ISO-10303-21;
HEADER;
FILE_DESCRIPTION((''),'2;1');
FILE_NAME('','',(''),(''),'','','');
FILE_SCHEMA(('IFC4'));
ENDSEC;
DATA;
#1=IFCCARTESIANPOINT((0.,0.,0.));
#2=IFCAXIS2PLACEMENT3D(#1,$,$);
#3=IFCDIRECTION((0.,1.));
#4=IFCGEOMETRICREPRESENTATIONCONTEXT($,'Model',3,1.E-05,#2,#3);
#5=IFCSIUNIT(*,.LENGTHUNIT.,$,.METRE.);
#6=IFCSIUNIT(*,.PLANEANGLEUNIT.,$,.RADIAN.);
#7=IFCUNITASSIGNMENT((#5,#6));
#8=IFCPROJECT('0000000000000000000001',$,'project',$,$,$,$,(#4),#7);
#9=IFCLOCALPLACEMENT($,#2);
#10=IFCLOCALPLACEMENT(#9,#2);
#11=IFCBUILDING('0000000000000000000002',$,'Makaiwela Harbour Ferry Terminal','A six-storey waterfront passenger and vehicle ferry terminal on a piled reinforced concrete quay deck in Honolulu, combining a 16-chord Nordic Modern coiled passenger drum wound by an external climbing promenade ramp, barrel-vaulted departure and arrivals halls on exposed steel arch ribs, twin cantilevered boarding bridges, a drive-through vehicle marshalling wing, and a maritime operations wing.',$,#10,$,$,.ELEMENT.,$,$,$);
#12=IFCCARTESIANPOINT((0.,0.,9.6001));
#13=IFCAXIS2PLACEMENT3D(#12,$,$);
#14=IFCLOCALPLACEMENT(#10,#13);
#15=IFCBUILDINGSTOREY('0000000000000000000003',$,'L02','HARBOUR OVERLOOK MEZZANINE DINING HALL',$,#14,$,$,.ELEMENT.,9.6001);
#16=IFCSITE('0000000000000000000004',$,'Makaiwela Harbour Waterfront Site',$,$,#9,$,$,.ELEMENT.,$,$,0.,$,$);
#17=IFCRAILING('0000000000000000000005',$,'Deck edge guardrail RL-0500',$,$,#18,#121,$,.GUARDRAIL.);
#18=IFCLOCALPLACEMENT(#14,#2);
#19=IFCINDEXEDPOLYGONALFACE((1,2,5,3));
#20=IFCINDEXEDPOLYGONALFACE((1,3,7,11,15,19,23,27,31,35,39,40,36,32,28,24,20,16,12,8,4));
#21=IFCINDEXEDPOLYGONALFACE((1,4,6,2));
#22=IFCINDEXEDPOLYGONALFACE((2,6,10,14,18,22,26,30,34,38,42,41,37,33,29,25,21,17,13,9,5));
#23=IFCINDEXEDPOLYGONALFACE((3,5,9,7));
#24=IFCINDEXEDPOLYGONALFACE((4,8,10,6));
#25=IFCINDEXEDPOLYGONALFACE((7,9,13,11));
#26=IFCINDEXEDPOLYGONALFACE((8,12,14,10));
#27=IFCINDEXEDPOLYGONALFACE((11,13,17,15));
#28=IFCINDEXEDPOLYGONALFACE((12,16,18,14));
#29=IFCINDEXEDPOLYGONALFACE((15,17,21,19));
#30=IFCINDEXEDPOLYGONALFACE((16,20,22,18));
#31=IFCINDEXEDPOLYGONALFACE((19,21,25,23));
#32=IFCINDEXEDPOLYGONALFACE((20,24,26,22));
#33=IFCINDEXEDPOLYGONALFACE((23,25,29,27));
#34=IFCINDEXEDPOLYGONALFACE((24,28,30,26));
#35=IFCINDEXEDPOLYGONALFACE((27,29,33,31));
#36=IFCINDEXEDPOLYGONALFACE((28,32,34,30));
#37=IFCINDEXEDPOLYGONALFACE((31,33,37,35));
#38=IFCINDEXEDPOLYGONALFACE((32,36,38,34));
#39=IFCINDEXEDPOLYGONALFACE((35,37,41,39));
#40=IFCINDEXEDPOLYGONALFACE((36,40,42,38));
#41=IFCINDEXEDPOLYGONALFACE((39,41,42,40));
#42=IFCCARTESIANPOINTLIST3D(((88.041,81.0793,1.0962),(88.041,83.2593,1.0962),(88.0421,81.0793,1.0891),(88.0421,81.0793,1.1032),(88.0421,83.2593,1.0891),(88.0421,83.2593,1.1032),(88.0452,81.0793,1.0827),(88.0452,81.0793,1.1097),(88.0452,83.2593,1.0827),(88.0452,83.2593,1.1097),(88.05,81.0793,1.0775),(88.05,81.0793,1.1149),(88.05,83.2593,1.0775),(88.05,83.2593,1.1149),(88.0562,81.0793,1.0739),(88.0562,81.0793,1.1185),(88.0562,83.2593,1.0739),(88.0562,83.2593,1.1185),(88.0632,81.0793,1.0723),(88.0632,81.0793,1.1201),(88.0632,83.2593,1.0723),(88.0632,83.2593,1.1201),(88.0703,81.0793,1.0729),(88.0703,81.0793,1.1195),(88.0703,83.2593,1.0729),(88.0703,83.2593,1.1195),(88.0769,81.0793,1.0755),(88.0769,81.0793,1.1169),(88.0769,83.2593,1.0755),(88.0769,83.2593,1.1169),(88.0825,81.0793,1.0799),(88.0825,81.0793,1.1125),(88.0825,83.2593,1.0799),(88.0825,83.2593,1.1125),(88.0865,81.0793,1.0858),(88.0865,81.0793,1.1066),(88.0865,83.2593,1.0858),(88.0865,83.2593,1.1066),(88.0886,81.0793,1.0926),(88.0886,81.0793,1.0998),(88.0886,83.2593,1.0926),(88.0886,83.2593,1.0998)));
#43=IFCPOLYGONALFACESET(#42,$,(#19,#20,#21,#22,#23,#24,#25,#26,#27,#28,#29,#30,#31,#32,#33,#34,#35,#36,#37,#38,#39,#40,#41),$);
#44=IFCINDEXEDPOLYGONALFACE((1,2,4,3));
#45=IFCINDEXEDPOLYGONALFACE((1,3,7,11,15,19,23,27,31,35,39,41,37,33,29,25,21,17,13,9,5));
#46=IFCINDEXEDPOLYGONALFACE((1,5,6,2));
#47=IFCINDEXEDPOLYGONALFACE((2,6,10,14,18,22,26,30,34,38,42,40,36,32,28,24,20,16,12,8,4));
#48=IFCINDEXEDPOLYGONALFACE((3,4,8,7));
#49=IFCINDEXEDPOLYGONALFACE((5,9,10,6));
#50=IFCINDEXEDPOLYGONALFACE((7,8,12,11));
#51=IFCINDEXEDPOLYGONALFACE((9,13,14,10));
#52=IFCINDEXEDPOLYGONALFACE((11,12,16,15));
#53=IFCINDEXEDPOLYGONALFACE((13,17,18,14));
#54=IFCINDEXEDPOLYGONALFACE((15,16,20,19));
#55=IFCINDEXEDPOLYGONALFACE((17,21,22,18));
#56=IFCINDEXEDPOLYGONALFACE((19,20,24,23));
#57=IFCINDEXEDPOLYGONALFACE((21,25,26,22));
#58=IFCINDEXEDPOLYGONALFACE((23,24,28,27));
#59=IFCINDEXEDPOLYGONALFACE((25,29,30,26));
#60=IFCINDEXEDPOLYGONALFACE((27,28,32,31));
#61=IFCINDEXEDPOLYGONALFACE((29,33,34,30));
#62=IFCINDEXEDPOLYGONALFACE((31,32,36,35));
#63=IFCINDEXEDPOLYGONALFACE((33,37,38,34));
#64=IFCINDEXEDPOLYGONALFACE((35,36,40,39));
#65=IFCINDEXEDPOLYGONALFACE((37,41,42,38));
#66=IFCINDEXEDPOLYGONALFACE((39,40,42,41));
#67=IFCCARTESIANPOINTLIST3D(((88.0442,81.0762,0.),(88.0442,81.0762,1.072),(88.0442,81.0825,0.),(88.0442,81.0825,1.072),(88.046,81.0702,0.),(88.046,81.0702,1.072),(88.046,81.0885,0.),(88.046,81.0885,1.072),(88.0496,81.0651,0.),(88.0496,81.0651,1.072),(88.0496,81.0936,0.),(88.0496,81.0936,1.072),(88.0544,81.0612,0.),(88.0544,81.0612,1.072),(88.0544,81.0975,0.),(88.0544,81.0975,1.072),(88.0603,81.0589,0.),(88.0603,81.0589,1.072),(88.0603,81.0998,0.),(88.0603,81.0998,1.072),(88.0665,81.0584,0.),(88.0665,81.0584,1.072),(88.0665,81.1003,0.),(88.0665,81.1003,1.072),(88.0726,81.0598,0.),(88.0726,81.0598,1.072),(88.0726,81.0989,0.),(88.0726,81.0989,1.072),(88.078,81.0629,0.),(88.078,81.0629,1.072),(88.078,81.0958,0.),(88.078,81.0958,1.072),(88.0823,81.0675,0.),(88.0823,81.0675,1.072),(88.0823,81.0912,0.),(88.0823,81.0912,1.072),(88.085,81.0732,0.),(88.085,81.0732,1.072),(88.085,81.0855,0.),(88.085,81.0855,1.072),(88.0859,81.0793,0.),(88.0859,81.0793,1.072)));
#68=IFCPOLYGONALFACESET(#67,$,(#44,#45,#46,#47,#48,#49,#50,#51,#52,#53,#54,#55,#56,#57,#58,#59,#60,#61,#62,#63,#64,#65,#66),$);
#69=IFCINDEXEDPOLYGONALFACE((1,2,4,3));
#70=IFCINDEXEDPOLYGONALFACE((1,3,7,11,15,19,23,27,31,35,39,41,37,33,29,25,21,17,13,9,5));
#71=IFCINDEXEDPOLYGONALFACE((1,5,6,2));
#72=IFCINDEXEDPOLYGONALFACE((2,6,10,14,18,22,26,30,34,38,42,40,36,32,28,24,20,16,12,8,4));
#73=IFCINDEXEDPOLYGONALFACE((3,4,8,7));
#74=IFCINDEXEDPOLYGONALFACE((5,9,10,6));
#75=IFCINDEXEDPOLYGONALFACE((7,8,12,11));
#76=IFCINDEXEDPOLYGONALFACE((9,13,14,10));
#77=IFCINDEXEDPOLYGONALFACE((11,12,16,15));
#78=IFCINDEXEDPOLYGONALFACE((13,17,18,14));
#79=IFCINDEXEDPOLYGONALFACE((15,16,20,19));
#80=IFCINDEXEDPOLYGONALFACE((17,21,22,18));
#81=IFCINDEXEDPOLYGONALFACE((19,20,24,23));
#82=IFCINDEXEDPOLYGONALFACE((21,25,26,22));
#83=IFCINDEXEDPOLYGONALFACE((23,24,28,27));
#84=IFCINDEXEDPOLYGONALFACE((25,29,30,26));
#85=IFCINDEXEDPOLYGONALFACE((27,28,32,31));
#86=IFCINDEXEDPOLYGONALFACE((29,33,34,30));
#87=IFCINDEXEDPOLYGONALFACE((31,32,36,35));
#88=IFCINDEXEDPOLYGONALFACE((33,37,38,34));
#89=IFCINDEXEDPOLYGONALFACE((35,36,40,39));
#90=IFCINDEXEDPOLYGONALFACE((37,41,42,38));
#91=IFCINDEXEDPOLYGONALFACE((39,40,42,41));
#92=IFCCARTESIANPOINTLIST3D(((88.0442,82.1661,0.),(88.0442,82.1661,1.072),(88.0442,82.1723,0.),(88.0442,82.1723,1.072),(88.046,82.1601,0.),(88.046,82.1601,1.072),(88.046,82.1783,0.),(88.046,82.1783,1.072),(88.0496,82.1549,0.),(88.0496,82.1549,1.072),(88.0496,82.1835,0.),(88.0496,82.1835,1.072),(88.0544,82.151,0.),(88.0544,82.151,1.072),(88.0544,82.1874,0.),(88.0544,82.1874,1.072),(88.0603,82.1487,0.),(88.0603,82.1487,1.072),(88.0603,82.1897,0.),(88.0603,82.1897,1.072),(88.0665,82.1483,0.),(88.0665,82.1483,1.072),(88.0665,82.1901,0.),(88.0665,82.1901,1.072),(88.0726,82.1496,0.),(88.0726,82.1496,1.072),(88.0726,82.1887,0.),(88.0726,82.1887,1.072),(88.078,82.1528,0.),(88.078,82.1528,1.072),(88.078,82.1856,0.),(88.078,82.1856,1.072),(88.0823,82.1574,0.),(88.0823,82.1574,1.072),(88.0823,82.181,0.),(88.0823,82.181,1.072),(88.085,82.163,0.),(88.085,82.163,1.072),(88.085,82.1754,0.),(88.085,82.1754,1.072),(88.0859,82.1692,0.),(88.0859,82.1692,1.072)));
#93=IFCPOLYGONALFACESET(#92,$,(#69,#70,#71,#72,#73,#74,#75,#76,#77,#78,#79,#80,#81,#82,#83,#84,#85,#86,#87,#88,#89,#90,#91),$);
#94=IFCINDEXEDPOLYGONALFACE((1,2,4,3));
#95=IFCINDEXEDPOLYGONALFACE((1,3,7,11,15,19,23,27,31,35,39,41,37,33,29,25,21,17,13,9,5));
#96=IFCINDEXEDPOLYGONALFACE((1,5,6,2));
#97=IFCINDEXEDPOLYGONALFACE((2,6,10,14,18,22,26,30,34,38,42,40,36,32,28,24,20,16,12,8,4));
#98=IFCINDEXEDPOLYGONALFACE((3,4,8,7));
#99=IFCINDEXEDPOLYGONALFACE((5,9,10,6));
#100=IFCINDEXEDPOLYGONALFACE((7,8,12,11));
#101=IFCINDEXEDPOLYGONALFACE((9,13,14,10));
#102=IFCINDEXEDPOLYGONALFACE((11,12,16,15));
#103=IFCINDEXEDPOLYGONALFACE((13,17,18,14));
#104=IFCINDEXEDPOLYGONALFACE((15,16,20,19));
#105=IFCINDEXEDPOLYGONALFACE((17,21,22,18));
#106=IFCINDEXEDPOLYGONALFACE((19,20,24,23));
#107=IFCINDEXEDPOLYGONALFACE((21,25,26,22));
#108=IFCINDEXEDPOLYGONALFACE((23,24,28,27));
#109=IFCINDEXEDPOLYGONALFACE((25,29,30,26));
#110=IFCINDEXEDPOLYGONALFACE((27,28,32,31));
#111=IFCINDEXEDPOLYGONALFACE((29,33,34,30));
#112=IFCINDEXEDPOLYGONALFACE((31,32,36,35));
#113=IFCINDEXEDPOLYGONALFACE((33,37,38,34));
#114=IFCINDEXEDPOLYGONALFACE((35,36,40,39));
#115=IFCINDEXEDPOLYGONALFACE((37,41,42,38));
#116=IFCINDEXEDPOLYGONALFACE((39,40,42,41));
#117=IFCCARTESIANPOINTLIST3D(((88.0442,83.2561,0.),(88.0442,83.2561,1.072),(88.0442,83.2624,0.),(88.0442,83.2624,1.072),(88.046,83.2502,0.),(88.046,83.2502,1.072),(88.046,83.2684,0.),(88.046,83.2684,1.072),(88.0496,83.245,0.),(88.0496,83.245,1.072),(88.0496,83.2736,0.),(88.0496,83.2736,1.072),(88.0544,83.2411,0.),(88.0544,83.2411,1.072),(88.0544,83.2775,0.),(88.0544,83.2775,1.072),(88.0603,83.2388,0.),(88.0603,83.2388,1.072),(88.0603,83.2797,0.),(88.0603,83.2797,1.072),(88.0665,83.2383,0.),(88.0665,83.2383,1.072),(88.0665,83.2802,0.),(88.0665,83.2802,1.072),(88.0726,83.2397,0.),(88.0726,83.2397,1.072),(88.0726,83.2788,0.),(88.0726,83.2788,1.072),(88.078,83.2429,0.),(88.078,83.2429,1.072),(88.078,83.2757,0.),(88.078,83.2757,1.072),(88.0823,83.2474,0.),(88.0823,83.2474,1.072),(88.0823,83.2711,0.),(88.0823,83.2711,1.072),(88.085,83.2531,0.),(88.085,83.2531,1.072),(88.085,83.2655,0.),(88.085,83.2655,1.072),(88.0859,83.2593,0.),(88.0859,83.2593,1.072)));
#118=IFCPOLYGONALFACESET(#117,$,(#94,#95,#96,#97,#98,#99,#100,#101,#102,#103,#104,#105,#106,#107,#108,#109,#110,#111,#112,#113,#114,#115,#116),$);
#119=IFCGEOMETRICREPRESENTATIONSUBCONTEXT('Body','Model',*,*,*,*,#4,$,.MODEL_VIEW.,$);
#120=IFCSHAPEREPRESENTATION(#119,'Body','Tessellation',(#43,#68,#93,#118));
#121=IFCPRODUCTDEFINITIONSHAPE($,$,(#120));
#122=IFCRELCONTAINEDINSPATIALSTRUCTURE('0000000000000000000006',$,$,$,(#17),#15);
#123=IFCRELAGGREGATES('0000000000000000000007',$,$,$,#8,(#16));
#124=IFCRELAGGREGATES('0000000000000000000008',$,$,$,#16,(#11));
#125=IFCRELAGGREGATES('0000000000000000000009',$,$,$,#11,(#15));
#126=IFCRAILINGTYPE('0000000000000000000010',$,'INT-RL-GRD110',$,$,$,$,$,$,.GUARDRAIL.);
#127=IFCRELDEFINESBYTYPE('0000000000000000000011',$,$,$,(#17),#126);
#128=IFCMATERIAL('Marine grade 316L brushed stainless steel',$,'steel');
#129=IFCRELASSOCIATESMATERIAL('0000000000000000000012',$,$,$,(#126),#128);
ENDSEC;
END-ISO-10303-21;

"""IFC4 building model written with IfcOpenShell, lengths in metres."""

from ifc_helpers import new_model, si_unit, direction, frame, origin, origin_2d, place, context, subcontext, project, spatial, circle, extrude, material, type_object, element, save


model = new_model("IFC4")

# Units and contexts
model_context = context("Model", 3, precision=1e-05, world=origin(), true_north=direction((0.0, 1.0)))
body_context = subcontext(model_context, "Body", "Model", "MODEL_VIEW")
ifc_project = project(units=[si_unit("LENGTHUNIT", "METRE"), si_unit("PLANEANGLEUNIT", "RADIAN")], contexts=[model_context])

# Site, building, storey
site_placement = place(None, origin())
site = spatial("IfcSite", under=ifc_project, at=site_placement, Name="Makaiwela Harbour Waterfront Site", CompositionType="ELEMENT", RefElevation=0.0)
building_placement = place(site_placement, origin())
building = spatial("IfcBuilding", under=site, at=building_placement, Name="Makaiwela Harbour Ferry Terminal", Description="A six-storey waterfront passenger and vehicle ferry terminal on a piled reinforced concrete quay deck in Honolulu, combining a 16-chord Nordic Modern coiled passenger drum wound by an external climbing promenade ramp, barrel-vaulted departure and arrivals halls on exposed steel arch ribs, twin cantilevered boarding bridges, a drive-through vehicle marshalling wing, and a maritime operations wing.", CompositionType="ELEMENT")
storey_placement = place(building_placement, frame((0.0, 0.0, 9.6001)))
storey = spatial("IfcBuildingStorey", under=building, at=storey_placement, Name="L02", Description="HARBOUR OVERLOOK MEZZANINE DINING HALL", CompositionType="ELEMENT", Elevation=9.6001)

# Railing
ifc_material_1 = material(Name="Marine grade 316L brushed stainless steel", Category="steel")
railing_type = type_object("IfcRailingType", Name="INT-RL-GRD110", PredefinedType="GUARDRAIL", material=ifc_material_1)
railing_1_placement = place(storey_placement, frame((88.0649, 81.0793, 0.0)))
element("IfcRailing", 1, at=railing_1_placement, inside=storey, type_object=railing_type, Name="Deck edge guardrail RL-0500", PredefinedType="GUARDRAIL", context=body_context, shape_type="SweptSolid", body=[
    extrude(circle(Radius=0.0239, at=origin_2d()), frame((0.0, 0.0, 1.0962), z_axis=(0.0, 1.0, 0.0), x_axis=(-1.0, 0.0, 0.0)), (0.0, 0.0, 1.0), 2.1799),
    extrude(circle(Radius=0.021, at=origin_2d()), origin(), (0.0, 0.0, 1.0), 1.072),
    extrude(circle(Radius=0.021, at=origin_2d()), frame((0.0, 1.0898, 0.0)), (0.0, 0.0, 1.0), 1.072),
    extrude(circle(Radius=0.021, at=origin_2d()), frame((0.0, 2.1799, 0.0)), (0.0, 0.0, 1.0), 1.072),
])

save(model, "model.ifc")
